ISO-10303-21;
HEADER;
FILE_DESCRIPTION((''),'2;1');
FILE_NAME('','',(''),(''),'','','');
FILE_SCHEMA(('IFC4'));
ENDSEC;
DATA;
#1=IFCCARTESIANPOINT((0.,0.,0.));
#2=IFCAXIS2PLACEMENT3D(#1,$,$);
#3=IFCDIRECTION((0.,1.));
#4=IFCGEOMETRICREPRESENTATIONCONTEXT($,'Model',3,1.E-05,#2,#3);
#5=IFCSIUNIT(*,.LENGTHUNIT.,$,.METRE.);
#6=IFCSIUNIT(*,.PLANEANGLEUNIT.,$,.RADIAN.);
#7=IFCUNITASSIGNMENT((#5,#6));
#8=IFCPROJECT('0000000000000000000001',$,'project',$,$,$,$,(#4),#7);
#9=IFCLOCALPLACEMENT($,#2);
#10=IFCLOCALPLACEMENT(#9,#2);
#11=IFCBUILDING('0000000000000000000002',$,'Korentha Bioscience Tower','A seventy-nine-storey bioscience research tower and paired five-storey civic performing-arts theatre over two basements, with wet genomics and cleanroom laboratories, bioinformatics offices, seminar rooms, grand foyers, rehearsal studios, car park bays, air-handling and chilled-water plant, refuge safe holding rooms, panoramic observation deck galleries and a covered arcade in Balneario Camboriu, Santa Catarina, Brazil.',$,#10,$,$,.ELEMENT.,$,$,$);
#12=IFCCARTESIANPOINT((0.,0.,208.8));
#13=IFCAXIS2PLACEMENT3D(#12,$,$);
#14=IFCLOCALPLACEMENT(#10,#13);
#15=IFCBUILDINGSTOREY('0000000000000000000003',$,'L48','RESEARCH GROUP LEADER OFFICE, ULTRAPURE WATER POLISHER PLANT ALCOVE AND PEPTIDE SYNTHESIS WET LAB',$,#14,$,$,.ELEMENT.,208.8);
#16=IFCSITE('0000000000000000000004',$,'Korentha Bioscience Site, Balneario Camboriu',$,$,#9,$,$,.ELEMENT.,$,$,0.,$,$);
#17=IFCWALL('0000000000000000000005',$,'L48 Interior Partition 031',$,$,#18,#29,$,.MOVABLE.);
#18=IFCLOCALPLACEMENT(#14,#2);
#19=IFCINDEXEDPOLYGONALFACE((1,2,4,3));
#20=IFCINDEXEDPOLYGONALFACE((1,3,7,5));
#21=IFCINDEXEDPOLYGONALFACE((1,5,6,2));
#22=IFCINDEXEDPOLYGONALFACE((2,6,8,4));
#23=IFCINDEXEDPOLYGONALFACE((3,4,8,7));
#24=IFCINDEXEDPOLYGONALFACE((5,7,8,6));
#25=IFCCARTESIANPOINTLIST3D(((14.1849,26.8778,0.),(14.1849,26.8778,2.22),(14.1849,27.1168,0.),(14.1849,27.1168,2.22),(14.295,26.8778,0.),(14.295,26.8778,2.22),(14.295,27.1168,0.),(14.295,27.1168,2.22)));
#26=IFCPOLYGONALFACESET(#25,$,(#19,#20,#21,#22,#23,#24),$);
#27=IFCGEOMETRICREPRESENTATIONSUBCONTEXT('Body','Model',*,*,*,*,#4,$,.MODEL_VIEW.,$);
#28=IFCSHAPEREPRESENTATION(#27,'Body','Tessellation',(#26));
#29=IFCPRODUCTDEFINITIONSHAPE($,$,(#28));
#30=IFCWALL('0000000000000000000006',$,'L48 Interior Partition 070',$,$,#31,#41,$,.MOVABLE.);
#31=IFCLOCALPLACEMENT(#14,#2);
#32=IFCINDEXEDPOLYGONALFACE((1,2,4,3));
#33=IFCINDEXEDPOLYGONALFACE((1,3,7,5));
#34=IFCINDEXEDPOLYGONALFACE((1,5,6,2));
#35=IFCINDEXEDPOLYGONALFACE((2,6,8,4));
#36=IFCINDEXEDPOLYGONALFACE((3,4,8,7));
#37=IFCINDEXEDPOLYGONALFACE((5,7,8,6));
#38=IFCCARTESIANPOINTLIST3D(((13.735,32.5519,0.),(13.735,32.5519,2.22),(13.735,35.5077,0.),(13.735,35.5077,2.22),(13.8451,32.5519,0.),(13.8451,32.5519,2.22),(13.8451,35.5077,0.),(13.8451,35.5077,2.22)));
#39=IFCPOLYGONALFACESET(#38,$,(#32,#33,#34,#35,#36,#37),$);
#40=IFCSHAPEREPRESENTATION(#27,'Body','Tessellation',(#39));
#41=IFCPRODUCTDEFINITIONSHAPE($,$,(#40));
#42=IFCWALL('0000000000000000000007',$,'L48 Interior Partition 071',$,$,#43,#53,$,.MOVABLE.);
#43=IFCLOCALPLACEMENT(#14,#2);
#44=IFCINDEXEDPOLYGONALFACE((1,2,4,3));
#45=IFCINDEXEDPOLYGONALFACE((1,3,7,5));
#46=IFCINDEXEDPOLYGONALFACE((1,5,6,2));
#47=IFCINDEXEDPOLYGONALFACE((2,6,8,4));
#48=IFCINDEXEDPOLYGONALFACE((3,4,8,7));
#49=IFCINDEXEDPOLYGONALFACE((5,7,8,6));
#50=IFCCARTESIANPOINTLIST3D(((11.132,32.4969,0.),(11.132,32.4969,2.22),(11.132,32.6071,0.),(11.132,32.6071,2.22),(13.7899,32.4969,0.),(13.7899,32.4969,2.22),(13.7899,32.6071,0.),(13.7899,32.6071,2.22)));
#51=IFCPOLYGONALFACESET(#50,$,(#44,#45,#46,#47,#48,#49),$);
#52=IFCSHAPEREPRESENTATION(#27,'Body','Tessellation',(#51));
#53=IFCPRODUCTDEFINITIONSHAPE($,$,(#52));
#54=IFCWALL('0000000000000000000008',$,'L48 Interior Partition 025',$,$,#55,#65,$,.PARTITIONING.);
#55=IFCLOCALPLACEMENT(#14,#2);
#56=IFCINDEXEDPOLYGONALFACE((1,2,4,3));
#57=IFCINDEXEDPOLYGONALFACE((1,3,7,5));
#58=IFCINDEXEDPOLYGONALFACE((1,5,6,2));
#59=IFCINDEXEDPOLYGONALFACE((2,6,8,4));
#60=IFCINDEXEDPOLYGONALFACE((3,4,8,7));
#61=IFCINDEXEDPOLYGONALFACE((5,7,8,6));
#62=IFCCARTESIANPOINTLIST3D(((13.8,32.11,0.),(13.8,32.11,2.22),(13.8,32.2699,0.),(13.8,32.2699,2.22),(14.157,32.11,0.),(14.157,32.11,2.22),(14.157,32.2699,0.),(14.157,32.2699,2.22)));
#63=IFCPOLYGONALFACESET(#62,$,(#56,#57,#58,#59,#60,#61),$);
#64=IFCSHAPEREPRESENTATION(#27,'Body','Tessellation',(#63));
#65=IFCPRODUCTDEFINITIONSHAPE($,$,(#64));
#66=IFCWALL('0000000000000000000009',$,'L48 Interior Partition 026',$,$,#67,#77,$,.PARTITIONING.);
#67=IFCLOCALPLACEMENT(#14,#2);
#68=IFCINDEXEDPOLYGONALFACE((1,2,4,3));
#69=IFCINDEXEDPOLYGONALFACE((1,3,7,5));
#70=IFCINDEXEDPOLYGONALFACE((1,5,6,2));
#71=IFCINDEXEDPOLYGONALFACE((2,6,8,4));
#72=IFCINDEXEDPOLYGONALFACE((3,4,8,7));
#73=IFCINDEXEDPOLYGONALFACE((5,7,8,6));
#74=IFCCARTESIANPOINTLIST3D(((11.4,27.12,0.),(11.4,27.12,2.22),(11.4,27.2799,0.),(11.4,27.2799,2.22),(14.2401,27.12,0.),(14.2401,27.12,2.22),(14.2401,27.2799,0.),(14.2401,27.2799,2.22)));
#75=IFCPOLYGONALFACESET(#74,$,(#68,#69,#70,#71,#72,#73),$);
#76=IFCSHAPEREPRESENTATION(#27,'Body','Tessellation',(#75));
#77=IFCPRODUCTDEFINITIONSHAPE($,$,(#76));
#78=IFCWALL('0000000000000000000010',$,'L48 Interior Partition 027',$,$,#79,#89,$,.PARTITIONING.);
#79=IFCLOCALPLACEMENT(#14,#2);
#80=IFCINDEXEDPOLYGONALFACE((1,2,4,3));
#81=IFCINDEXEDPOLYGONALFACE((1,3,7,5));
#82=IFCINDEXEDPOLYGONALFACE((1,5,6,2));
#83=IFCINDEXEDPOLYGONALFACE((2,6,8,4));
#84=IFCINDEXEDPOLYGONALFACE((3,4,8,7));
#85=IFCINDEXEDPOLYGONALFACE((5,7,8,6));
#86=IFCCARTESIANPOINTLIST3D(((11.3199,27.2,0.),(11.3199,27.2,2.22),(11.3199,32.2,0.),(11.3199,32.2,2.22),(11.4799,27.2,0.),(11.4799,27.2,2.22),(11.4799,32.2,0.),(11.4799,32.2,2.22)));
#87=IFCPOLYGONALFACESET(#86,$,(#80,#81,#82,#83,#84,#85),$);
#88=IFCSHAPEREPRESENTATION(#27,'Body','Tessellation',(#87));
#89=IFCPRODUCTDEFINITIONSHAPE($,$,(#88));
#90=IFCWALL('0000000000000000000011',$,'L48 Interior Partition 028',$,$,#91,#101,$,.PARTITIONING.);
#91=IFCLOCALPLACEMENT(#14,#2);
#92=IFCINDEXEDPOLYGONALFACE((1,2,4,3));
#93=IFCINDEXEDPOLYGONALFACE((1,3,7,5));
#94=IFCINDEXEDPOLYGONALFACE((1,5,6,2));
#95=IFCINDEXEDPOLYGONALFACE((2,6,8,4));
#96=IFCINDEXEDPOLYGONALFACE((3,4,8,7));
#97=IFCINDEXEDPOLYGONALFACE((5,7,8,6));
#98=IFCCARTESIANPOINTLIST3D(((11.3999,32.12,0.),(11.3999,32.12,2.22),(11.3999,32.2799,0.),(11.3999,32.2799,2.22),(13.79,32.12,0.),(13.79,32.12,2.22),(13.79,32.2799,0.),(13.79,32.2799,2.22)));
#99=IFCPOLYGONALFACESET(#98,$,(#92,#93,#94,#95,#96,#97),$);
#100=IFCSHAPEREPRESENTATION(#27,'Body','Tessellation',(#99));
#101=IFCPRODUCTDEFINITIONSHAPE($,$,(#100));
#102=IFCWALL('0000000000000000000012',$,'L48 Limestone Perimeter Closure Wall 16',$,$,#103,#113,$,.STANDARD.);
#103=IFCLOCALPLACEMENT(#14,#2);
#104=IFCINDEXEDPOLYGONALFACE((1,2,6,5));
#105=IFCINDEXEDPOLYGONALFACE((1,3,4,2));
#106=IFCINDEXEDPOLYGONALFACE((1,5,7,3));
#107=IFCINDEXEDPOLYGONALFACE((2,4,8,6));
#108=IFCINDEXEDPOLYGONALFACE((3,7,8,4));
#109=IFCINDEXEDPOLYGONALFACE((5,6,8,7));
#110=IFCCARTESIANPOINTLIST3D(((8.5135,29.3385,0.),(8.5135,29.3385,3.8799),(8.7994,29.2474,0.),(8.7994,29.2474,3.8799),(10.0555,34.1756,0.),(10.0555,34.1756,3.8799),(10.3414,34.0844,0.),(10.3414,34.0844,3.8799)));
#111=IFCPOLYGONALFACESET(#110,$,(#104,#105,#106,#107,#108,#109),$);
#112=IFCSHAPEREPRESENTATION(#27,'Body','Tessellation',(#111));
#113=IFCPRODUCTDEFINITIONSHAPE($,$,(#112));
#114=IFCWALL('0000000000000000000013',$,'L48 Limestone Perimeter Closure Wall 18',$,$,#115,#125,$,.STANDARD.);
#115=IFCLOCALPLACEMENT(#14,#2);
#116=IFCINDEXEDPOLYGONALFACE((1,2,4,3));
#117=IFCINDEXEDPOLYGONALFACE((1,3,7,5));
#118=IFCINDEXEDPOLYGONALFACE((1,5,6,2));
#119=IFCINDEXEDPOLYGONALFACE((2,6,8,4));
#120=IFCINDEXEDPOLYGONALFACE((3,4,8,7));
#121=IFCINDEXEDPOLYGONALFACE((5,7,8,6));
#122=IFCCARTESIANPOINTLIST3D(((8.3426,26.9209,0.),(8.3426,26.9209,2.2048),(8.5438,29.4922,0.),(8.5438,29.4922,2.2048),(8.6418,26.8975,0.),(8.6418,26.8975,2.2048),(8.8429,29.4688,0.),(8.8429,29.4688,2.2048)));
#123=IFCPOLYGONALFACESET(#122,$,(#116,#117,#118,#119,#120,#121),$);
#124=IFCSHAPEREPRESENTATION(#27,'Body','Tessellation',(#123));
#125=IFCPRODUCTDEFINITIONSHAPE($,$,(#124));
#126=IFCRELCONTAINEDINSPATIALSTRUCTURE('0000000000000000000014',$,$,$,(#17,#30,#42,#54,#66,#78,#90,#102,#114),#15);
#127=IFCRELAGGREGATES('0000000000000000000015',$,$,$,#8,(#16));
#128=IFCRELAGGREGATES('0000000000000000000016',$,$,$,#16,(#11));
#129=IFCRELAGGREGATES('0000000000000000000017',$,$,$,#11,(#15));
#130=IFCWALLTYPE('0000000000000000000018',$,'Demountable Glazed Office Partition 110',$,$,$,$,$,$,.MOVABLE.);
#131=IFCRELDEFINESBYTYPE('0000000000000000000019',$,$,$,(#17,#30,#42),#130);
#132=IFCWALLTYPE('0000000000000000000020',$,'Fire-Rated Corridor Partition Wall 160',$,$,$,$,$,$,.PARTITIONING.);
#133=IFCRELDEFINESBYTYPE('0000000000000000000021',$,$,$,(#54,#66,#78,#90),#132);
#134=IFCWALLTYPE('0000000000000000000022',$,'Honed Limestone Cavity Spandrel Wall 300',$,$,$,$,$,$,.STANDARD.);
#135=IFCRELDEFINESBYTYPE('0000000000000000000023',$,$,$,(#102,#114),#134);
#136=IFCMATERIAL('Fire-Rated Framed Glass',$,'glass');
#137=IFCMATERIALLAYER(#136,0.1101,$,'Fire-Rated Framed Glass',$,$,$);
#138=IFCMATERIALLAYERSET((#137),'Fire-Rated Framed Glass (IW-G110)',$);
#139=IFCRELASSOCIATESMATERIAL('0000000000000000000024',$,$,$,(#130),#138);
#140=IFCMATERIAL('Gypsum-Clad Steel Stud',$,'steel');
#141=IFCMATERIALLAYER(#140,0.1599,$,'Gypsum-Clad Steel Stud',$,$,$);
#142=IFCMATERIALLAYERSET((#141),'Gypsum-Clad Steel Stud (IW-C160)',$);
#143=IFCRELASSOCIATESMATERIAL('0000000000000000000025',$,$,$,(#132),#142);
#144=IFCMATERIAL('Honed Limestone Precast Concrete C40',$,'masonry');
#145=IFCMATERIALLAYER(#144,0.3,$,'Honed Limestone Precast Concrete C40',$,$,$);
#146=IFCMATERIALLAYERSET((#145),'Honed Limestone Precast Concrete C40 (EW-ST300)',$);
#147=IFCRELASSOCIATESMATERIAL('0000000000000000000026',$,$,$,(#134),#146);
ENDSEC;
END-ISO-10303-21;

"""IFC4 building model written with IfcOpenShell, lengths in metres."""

from ifc_helpers import new_model, si_unit, direction, frame, frame_2d, origin, place, context, subcontext, project, spatial, rectangle, extrude, material, layer, layer_set, type_object, element, save


model = new_model("IFC4")

# Units and contexts
model_context = context("Model", 3, precision=1e-05, world=origin(), true_north=direction((0.0, 1.0)))
body_context = subcontext(model_context, "Body", "Model", "MODEL_VIEW")
ifc_project = project(units=[si_unit("LENGTHUNIT", "METRE"), si_unit("PLANEANGLEUNIT", "RADIAN")], contexts=[model_context])

# Site, building, storey
site_placement = place(None, origin())
site = spatial("IfcSite", under=ifc_project, at=site_placement, Name="Korentha Bioscience Site, Balneario Camboriu", CompositionType="ELEMENT", RefElevation=0.0)
building_placement = place(site_placement, origin())
building = spatial("IfcBuilding", under=site, at=building_placement, Name="Korentha Bioscience Tower", Description="A seventy-nine-storey bioscience research tower and paired five-storey civic performing-arts theatre over two basements, with wet genomics and cleanroom laboratories, bioinformatics offices, seminar rooms, grand foyers, rehearsal studios, car park bays, air-handling and chilled-water plant, refuge safe holding rooms, panoramic observation deck galleries and a covered arcade in Balneario Camboriu, Santa Catarina, Brazil.", CompositionType="ELEMENT")
storey_placement = place(building_placement, frame((0.0, 0.0, 208.8)))
storey = spatial("IfcBuildingStorey", under=building, at=storey_placement, Name="L48", Description="RESEARCH GROUP LEADER OFFICE, ULTRAPURE WATER POLISHER PLANT ALCOVE AND PEPTIDE SYNTHESIS WET LAB", CompositionType="ELEMENT", Elevation=208.8)

# Walls
ifc_material_1 = material(Name="Fire-Rated Framed Glass", Category="glass")
ifc_layer_1 = layer(ifc_material_1, 0.1101, Name="Fire-Rated Framed Glass")
ifc_layer_set_1 = layer_set([ifc_layer_1], Name="Fire-Rated Framed Glass (IW-G110)")
wall_type_1 = type_object("IfcWallType", Name="Demountable Glazed Office Partition 110", PredefinedType="MOVABLE", material=ifc_layer_set_1)
wall_1_placement = place(storey_placement, frame((14.24, 27.1169, 0.0), z_axis=(0.0, 0.0, 1.0), x_axis=(0.0, -1.0, 0.0)))
element("IfcWall", 1, at=wall_1_placement, inside=storey, type_object=wall_type_1, Name="L48 Interior Partition 031", PredefinedType="MOVABLE", context=body_context, shape_type="SweptSolid", body=[
    extrude(rectangle(XDim=0.239, YDim=0.1101, at=frame_2d((0.1196, 0.0))), origin(), (0.0, 0.0, 1.0), 2.22),
])
wall_2_placement = place(storey_placement, frame((13.79, 35.5078, 0.0), z_axis=(0.0, 0.0, 1.0), x_axis=(0.0, -1.0, 0.0)))
element("IfcWall", 2, at=wall_2_placement, inside=storey, type_object=wall_type_1, Name="L48 Interior Partition 070", PredefinedType="MOVABLE", context=body_context, shape_type="SweptSolid", body=[
    extrude(rectangle(XDim=2.9558, YDim=0.1101, at=frame_2d((1.478, 0.0))), origin(), (0.0, 0.0, 1.0), 2.22),
])
wall_3_placement = place(storey_placement, frame((13.79, 32.552, 0.0), z_axis=(0.0, 0.0, 1.0), x_axis=(-1.0, 0.0, 0.0)))
element("IfcWall", 3, at=wall_3_placement, inside=storey, type_object=wall_type_1, Name="L48 Interior Partition 071", PredefinedType="MOVABLE", context=body_context, shape_type="SweptSolid", body=[
    extrude(rectangle(XDim=2.658, YDim=0.1101, at=frame_2d((1.3291, 0.0))), origin(), (0.0, 0.0, 1.0), 2.22),
])

# Shared definitions
ifc_material_2 = material(Name="Gypsum-Clad Steel Stud", Category="steel")
ifc_layer_2 = layer(ifc_material_2, 0.1599, Name="Gypsum-Clad Steel Stud")
ifc_layer_set_2 = layer_set([ifc_layer_2], Name="Gypsum-Clad Steel Stud (IW-C160)")
wall_type_2 = type_object("IfcWallType", Name="Fire-Rated Corridor Partition Wall 160", PredefinedType="PARTITIONING", material=ifc_layer_set_2)

# Walls
wall_4_placement = place(storey_placement, frame((13.8, 32.1899, 0.0), z_axis=(0.0, 0.0, 1.0), x_axis=(1.0, 0.0, 0.0)))
element("IfcWall", 4, at=wall_4_placement, inside=storey, type_object=wall_type_2, Name="L48 Interior Partition 025", PredefinedType="PARTITIONING", context=body_context, shape_type="SweptSolid", body=[
    extrude(rectangle(XDim=0.3569, YDim=0.1599, at=frame_2d((0.1785, 0.0))), origin(), (0.0, 0.0, 1.0), 2.22),
])
wall_5_placement = place(storey_placement, frame((14.24, 27.2, 0.0), z_axis=(0.0, 0.0, 1.0), x_axis=(-1.0, 0.0, 0.0)))
element("IfcWall", 5, at=wall_5_placement, inside=storey, type_object=wall_type_2, Name="L48 Interior Partition 026", PredefinedType="PARTITIONING", context=body_context, shape_type="SweptSolid", body=[
    extrude(rectangle(XDim=2.8401, YDim=0.1599, at=frame_2d((1.4199, 0.0))), origin(), (0.0, 0.0, 1.0), 2.22),
])
wall_6_placement = place(storey_placement, frame((11.3999, 27.2, 0.0), z_axis=(0.0, 0.0, 1.0), x_axis=(0.0, 1.0, 0.0)))
element("IfcWall", 6, at=wall_6_placement, inside=storey, type_object=wall_type_2, Name="L48 Interior Partition 027", PredefinedType="PARTITIONING", context=body_context, shape_type="SweptSolid", body=[
    extrude(rectangle(XDim=5.0, YDim=0.1599, at=frame_2d((2.5, 0.0))), origin(), (0.0, 0.0, 1.0), 2.22),
])
wall_7_placement = place(storey_placement, frame((11.3999, 32.2, 0.0), z_axis=(0.0, 0.0, 1.0), x_axis=(1.0, 0.0, 0.0)))
element("IfcWall", 7, at=wall_7_placement, inside=storey, type_object=wall_type_2, Name="L48 Interior Partition 028", PredefinedType="PARTITIONING", context=body_context, shape_type="SweptSolid", body=[
    extrude(rectangle(XDim=2.3901, YDim=0.1599, at=frame_2d((1.1951, 0.0))), origin(), (0.0, 0.0, 1.0), 2.22),
])
ifc_material_3 = material(Name="Honed Limestone Precast Concrete C40", Category="masonry")
ifc_layer_3 = layer(ifc_material_3, 0.3, Name="Honed Limestone Precast Concrete C40")
ifc_layer_set_3 = layer_set([ifc_layer_3], Name="Honed Limestone Precast Concrete C40 (EW-ST300)")
wall_type_3 = type_object("IfcWallType", Name="Honed Limestone Cavity Spandrel Wall 300", PredefinedType="STANDARD", material=ifc_layer_set_3)
wall_8_placement = place(storey_placement, frame((10.1985, 34.1301, 0.0), z_axis=(0.0, 0.0, 1.0), x_axis=(-0.303722, -0.952761, 0.0)))
element("IfcWall", 8, at=wall_8_placement, inside=storey, type_object=wall_type_3, Name="L48 Limestone Perimeter Closure Wall 16", PredefinedType="STANDARD", context=body_context, shape_type="SweptSolid", body=[
    extrude(rectangle(XDim=5.0769, YDim=0.3, at=frame_2d((2.5386, 0.0))), origin(), (0.0, 0.0, 1.0), 3.8799),
])
wall_9_placement = place(storey_placement, frame((8.6934, 29.4805, 0.0), z_axis=(0.0, 0.0, 1.0), x_axis=(-0.077999, -0.996953, 0.0)))
element("IfcWall", 9, at=wall_9_placement, inside=storey, type_object=wall_type_3, Name="L48 Limestone Perimeter Closure Wall 18", PredefinedType="STANDARD", context=body_context, shape_type="SweptSolid", body=[
    extrude(rectangle(XDim=2.5791, YDim=0.3, at=frame_2d((1.2896, 0.0))), origin(), (0.0, 0.0, 1.0), 2.2048),
])

save(model, "model.ifc")
